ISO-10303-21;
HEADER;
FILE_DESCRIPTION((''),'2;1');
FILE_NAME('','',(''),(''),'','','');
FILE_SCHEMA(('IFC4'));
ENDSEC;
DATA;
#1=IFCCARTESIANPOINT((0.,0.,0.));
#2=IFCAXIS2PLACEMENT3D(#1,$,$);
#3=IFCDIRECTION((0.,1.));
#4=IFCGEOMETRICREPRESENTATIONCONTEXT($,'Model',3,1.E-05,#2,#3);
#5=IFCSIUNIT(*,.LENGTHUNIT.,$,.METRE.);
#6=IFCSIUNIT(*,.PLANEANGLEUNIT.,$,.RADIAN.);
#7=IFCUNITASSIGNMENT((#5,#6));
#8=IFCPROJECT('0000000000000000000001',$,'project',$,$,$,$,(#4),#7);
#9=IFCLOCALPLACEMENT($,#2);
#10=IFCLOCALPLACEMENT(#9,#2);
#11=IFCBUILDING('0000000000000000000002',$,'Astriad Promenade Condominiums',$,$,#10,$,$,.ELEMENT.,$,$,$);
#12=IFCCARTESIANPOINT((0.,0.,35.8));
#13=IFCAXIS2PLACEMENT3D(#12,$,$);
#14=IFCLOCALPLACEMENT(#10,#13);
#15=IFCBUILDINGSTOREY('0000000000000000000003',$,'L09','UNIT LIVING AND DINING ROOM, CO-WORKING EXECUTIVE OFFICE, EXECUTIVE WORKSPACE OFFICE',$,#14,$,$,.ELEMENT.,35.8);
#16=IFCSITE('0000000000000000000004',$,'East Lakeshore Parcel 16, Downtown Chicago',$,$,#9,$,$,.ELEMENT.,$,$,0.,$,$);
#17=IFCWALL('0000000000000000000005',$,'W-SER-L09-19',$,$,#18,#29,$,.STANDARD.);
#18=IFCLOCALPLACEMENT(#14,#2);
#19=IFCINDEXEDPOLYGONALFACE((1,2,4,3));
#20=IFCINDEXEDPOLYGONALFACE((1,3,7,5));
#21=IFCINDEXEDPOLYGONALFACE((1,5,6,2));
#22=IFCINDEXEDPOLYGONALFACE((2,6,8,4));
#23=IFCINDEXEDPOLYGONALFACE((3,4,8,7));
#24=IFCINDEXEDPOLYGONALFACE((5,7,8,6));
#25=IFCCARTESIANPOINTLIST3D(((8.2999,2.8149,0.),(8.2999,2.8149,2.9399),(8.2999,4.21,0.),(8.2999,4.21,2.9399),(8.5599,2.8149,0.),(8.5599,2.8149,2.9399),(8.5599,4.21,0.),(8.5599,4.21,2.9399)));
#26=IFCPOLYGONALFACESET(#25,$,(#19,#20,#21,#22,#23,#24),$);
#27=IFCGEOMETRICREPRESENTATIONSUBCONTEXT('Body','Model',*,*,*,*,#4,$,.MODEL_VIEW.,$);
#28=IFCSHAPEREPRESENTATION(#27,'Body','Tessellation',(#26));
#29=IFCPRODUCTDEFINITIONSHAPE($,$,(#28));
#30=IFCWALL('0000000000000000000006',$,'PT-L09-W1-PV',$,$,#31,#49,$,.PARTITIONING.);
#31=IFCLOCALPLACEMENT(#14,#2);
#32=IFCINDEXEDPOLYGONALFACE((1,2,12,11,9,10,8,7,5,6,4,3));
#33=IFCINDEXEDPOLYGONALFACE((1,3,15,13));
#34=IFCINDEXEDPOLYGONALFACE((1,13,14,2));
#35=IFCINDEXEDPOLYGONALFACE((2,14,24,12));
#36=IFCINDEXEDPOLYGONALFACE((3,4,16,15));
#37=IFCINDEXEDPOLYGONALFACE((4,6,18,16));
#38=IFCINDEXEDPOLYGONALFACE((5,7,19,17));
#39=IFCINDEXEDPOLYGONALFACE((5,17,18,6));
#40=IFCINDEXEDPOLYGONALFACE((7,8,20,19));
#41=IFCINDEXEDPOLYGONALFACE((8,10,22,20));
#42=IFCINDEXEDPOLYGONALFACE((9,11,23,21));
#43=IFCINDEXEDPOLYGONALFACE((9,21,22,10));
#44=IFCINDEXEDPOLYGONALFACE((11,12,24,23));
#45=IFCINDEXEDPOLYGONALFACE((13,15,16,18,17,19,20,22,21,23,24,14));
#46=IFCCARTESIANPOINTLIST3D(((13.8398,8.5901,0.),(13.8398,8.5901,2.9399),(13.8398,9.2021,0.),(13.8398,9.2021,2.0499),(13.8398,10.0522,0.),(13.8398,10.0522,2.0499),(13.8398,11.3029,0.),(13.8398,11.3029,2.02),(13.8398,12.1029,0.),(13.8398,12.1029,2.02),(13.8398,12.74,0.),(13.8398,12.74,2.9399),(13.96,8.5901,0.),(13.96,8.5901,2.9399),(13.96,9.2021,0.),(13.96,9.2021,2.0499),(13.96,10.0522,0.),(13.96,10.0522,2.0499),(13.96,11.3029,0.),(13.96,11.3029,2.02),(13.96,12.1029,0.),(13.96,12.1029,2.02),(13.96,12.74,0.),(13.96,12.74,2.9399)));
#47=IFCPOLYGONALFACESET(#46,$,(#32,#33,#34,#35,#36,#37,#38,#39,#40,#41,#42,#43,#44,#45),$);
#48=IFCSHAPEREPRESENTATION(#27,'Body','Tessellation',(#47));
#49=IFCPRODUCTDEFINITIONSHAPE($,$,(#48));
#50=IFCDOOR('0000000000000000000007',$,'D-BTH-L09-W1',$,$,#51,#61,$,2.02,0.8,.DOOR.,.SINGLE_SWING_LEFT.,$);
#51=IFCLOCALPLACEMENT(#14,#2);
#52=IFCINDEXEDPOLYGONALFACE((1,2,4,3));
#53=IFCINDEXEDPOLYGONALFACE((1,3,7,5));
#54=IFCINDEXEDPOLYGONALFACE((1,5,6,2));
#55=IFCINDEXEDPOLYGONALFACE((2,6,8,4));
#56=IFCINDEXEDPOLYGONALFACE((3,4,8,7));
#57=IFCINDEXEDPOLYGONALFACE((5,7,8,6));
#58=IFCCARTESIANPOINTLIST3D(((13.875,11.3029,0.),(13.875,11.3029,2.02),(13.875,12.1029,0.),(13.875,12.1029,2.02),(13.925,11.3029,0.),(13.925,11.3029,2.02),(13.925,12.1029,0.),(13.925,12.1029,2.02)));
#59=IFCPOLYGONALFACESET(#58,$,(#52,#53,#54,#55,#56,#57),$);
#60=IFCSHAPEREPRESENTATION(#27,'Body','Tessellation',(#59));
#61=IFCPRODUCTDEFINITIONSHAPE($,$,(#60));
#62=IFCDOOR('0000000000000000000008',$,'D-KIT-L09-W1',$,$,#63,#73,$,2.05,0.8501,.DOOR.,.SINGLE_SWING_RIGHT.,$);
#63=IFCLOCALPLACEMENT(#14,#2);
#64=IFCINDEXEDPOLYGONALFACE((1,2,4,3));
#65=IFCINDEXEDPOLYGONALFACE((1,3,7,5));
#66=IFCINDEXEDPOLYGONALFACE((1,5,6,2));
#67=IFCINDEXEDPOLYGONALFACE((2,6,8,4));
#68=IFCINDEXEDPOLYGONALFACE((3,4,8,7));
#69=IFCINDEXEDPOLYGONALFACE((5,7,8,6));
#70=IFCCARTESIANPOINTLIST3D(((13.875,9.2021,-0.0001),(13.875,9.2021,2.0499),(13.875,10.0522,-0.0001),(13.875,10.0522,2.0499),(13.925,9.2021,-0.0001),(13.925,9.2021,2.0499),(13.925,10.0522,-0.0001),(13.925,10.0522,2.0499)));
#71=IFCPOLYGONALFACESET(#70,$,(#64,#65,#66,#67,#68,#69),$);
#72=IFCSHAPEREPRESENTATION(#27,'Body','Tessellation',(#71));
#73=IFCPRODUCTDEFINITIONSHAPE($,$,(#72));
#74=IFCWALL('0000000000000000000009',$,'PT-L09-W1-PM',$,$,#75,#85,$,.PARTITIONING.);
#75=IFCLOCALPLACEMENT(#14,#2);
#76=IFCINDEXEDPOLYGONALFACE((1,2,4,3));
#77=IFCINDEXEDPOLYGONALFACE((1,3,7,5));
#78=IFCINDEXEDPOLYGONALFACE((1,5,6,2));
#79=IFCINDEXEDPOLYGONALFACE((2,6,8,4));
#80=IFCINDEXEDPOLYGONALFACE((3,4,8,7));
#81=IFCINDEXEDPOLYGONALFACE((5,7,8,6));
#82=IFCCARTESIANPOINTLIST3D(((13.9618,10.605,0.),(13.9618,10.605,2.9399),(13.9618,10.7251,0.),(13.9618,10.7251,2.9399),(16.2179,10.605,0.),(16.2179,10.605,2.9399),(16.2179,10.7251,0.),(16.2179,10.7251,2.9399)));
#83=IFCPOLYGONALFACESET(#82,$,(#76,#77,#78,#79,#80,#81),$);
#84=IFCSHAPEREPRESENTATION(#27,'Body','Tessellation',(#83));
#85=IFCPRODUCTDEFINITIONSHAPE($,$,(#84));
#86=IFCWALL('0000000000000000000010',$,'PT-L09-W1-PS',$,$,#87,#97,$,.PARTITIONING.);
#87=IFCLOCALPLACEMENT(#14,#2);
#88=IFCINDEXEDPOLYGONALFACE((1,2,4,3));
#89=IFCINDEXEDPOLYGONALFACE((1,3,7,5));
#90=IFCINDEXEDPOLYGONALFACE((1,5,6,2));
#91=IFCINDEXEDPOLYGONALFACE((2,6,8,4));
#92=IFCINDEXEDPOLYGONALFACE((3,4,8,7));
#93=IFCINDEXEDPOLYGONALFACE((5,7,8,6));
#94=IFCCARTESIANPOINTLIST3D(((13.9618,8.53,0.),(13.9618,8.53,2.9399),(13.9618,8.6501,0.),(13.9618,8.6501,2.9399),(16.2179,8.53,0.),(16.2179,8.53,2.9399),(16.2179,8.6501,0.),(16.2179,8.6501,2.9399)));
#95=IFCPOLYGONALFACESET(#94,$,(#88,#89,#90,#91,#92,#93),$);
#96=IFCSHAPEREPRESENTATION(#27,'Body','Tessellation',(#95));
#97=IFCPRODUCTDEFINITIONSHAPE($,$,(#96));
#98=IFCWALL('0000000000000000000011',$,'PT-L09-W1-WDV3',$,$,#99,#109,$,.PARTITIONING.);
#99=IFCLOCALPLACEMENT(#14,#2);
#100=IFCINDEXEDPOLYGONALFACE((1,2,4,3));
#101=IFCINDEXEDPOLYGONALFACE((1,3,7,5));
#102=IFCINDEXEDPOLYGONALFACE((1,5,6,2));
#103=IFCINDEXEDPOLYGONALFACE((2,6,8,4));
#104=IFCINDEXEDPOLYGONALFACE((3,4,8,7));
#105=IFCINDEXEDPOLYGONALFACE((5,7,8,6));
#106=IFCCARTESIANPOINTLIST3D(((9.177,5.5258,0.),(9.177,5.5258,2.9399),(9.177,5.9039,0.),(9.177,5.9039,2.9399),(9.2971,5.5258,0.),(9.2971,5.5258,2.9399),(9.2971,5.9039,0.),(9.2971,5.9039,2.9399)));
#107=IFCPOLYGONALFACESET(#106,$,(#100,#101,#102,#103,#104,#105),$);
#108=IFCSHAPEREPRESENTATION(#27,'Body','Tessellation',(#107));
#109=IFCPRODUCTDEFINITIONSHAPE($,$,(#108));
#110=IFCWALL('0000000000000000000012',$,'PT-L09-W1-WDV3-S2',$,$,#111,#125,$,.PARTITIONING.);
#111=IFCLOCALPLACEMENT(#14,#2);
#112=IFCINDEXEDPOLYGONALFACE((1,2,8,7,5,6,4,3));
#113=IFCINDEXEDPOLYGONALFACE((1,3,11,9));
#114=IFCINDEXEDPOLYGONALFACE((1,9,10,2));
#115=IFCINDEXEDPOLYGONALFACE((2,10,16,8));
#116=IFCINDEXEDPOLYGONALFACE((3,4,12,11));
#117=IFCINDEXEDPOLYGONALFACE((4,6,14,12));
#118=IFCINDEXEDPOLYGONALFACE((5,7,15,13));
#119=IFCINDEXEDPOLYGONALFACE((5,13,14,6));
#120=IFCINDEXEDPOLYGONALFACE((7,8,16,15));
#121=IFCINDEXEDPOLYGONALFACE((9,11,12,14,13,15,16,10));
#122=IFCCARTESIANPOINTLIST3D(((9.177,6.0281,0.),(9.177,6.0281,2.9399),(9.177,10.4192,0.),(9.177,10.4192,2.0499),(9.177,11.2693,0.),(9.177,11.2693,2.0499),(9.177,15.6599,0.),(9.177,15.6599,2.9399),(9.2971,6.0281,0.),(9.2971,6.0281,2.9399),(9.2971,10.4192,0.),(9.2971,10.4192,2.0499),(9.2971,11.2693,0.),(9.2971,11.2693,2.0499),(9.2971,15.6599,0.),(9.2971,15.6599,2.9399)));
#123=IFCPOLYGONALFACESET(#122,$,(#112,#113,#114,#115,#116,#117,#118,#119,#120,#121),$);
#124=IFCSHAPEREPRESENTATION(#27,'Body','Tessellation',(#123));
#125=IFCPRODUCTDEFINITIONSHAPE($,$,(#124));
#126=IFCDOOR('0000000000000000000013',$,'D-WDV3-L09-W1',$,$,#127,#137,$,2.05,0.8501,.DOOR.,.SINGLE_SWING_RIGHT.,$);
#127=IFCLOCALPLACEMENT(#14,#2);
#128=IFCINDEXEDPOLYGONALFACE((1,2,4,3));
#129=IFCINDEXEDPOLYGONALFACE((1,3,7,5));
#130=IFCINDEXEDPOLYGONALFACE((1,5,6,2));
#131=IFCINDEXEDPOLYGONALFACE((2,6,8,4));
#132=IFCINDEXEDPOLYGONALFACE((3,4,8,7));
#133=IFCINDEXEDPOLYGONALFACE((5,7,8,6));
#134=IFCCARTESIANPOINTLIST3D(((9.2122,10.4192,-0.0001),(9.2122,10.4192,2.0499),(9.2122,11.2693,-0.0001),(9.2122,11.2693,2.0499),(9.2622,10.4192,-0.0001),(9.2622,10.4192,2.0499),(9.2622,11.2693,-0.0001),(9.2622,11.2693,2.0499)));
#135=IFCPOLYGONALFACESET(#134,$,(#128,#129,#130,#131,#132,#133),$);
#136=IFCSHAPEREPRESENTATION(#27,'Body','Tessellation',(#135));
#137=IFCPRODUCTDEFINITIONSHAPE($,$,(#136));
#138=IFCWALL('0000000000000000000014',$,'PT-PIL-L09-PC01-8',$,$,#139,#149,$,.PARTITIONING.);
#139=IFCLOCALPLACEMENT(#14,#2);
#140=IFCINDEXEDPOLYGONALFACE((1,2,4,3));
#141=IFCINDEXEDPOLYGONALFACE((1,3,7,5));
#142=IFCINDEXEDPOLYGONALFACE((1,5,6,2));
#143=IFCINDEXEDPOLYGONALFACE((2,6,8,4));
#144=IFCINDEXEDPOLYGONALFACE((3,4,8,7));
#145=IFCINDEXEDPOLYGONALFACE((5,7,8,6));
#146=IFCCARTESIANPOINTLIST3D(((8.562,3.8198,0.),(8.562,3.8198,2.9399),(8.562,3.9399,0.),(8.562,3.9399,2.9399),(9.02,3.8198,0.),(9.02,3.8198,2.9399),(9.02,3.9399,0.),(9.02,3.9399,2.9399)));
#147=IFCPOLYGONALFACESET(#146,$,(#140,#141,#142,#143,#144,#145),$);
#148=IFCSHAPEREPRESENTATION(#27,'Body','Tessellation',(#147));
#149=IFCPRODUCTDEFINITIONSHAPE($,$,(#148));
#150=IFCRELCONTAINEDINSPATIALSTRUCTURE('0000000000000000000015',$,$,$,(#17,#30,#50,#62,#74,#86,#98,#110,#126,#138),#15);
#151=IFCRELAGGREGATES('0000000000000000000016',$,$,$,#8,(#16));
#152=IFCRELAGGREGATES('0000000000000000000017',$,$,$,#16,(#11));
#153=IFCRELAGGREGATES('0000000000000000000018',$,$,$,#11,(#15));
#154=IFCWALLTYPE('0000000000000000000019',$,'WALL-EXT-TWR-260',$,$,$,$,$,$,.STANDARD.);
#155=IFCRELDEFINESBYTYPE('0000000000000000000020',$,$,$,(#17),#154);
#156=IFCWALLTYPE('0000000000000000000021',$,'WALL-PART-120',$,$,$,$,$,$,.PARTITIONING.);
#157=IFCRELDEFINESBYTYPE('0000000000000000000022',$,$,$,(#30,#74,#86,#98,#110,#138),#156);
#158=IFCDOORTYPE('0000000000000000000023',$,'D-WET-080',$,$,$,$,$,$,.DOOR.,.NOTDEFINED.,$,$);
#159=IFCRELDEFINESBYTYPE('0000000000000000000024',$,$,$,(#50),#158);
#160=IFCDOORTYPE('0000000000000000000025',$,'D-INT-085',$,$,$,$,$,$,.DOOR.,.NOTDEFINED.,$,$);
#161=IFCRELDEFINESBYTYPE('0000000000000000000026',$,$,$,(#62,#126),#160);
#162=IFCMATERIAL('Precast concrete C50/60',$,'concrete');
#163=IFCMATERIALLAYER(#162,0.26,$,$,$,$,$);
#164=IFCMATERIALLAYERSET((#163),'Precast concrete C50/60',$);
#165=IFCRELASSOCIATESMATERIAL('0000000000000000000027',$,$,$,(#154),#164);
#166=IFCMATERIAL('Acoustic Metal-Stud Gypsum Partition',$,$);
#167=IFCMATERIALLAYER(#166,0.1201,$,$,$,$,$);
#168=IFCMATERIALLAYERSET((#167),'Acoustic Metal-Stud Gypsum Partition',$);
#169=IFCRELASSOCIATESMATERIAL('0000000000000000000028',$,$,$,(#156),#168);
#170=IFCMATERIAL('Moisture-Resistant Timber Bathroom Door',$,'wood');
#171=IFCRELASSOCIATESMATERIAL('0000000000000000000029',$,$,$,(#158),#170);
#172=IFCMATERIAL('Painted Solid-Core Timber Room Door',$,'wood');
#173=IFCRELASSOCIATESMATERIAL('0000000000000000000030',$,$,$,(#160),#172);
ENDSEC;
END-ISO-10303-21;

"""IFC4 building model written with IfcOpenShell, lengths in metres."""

from ifc_helpers import new_model, si_unit, direction, frame, frame_2d, origin, place, context, subcontext, project, spatial, rectangle, extrude, source, transform, mapped, material, layer, layer_set, type_object, type_shapes, element, fill, save


model = new_model("IFC4")

# Units and contexts
model_context = context("Model", 3, precision=1e-05, world=origin(), true_north=direction((0.0, 1.0)))
body_context = subcontext(model_context, "Body", "Model", "MODEL_VIEW")
ifc_project = project(units=[si_unit("LENGTHUNIT", "METRE"), si_unit("PLANEANGLEUNIT", "RADIAN")], contexts=[model_context])

# Site, building, storey
site_placement = place(None, origin())
site = spatial("IfcSite", under=ifc_project, at=site_placement, Name="East Lakeshore Parcel 16, Downtown Chicago", CompositionType="ELEMENT", RefElevation=0.0)
building_placement = place(site_placement, origin())
building = spatial("IfcBuilding", under=site, at=building_placement, Name="Astriad Promenade Condominiums", CompositionType="ELEMENT")
storey_placement = place(building_placement, frame((0.0, 0.0, 35.8)))
storey = spatial("IfcBuildingStorey", under=building, at=storey_placement, Name="L09", Description="UNIT LIVING AND DINING ROOM, CO-WORKING EXECUTIVE OFFICE, EXECUTIVE WORKSPACE OFFICE", CompositionType="ELEMENT", Elevation=35.8)

# Wall
ifc_material_1 = material(Name="Precast concrete C50/60", Category="concrete")
ifc_layer_1 = layer(ifc_material_1, 0.26)
ifc_layer_set_1 = layer_set([ifc_layer_1], Name="Precast concrete C50/60")
wall_type_1 = type_object("IfcWallType", Name="WALL-EXT-TWR-260", PredefinedType="STANDARD", material=ifc_layer_set_1)
wall_1_placement = place(storey_placement, frame((8.4299, 2.8149, 0.0), z_axis=(0.0, 0.0, 1.0), x_axis=(0.0, 1.0, 0.0)))
element("IfcWall", 1, at=wall_1_placement, inside=storey, type_object=wall_type_1, Name="W-SER-L09-19", PredefinedType="STANDARD", context=body_context, shape_type="SweptSolid", body=[
    extrude(rectangle(XDim=1.395, YDim=0.26, at=frame_2d((0.6975, 0.0))), origin(), (0.0, 0.0, 1.0), 2.9399),
])

# Wall, openings, doors
ifc_material_2 = material(Name="Acoustic Metal-Stud Gypsum Partition")
ifc_layer_2 = layer(ifc_material_2, 0.1201)
ifc_layer_set_2 = layer_set([ifc_layer_2], Name="Acoustic Metal-Stud Gypsum Partition")
wall_type_2 = type_object("IfcWallType", Name="WALL-PART-120", PredefinedType="PARTITIONING", material=ifc_layer_set_2)
wall_2_placement = place(storey_placement, frame((13.8999, 8.5901, 0.0), z_axis=(0.0, 0.0, 1.0), x_axis=(0.0, 1.0, 0.0)))
wall_2 = element("IfcWall", 2, at=wall_2_placement, inside=storey, type_object=wall_type_2, Name="PT-L09-W1-PV", PredefinedType="PARTITIONING", context=body_context, shape_type="SweptSolid", body=[
    extrude(rectangle(XDim=4.1499, YDim=0.1201, at=frame_2d((2.075, 0.0))), origin(), (0.0, 0.0, 1.0), 2.9399),
])
opening_1_placement = place(wall_2_placement, frame((0.6121, 0.0, 0.0)))
opening_1 = element("IfcOpeningElement", 3, at=opening_1_placement, cuts=wall_2, PredefinedType="OPENING", context=body_context, shape_type="SweptSolid", body=[
    extrude(rectangle(XDim=0.8501, YDim=2.05, at=frame_2d((0.425, 1.0249))), frame((0.0, 0.0701, 0.0), z_axis=(0.0, -1.0, 0.0), x_axis=(1.0, 0.0, 0.0)), (0.0, 0.0, 1.0), 0.1401),
])
opening_2_placement = place(wall_2_placement, frame((2.7129, 0.0, 0.0)))
opening_2 = element("IfcOpeningElement", 4, at=opening_2_placement, cuts=wall_2, PredefinedType="OPENING", context=body_context, shape_type="SweptSolid", body=[
    extrude(rectangle(XDim=0.8, YDim=2.02, at=frame_2d((0.3999, 1.01))), frame((0.0, 0.0701, 0.0), z_axis=(0.0, -1.0, 0.0), x_axis=(1.0, 0.0, 0.0)), (0.0, 0.0, 1.0), 0.1401),
])
ifc_material_3 = material(Name="Moisture-Resistant Timber Bathroom Door", Category="wood")
door_type_1 = type_object("IfcDoorType", Name="D-WET-080", OperationType="NOTDEFINED", PredefinedType="DOOR", material=ifc_material_3)
shared_shape_1 = source(origin(), body_context, "Body", "SweptSolid", [
    extrude(rectangle(XDim=0.8, YDim=2.02, at=frame_2d((0.3999, 1.01))), frame((0.0, 0.0249, 0.0), z_axis=(0.0, -1.0, 0.0), x_axis=(1.0, 0.0, 0.0)), (0.0, 0.0, 1.0), 0.05),
])
type_shapes(door_type_1, [shared_shape_1])
door_1_placement = place(opening_2_placement, origin())
door_1 = element("IfcDoor", 5, at=door_1_placement, inside=storey, type_object=door_type_1, Name="D-BTH-L09-W1", OperationType="SINGLE_SWING_LEFT", OverallHeight=2.02, OverallWidth=0.8, PredefinedType="DOOR", context=body_context, shape_type="MappedRepresentation", body=[
    mapped(shared_shape_1, transform((0.0, 0.0, 0.0), scale=1.0)),
])
fill(opening_2, door_1)
ifc_material_4 = material(Name="Painted Solid-Core Timber Room Door", Category="wood")
door_type_2 = type_object("IfcDoorType", Name="D-INT-085", OperationType="NOTDEFINED", PredefinedType="DOOR", material=ifc_material_4)
shared_shape_2 = source(origin(), body_context, "Body", "SweptSolid", [
    extrude(rectangle(XDim=0.8501, YDim=2.05, at=frame_2d((0.425, 1.0249))), frame((0.0, 0.0249, 0.0), z_axis=(0.0, -1.0, 0.0), x_axis=(1.0, 0.0, 0.0)), (0.0, 0.0, 1.0), 0.05),
])
type_shapes(door_type_2, [shared_shape_2])
door_2_placement = place(opening_1_placement, origin())
door_2 = element("IfcDoor", 6, at=door_2_placement, inside=storey, type_object=door_type_2, Name="D-KIT-L09-W1", OperationType="SINGLE_SWING_RIGHT", OverallHeight=2.05, OverallWidth=0.8501, PredefinedType="DOOR", context=body_context, shape_type="MappedRepresentation", body=[
    mapped(shared_shape_2, transform((0.0, 0.0, 0.0), scale=1.0)),
])
fill(opening_1, door_2)

# Walls
for number, where, z_axis, x_axis, name in (
    (7, (13.9619, 10.665, 0.0), (0.0, 0.0, 1.0), (1.0, 0.0, 0.0), "PT-L09-W1-PM"),
    (8, (13.9619, 8.5901, 0.0), (0.0, 0.0, 1.0), (1.0, 0.0, 0.0), "PT-L09-W1-PS"),
):
    element("IfcWall", number, at=place(storey_placement, frame(where, z_axis=z_axis, x_axis=x_axis)), inside=storey, type_object=wall_type_2, Name=name, PredefinedType="PARTITIONING", context=body_context, shape_type="SweptSolid", body=[
        extrude(rectangle(XDim=2.2561, YDim=0.1201, at=frame_2d((1.1279, 0.0))), origin(), (0.0, 0.0, 1.0), 2.9399),
    ])
wall_3_placement = place(storey_placement, frame((9.2371, 5.5259, 0.0), z_axis=(0.0, 0.0, 1.0), x_axis=(0.0, 1.0, 0.0)))
element("IfcWall", 9, at=wall_3_placement, inside=storey, type_object=wall_type_2, Name="PT-L09-W1-WDV3", PredefinedType="PARTITIONING", context=body_context, shape_type="SweptSolid", body=[
    extrude(rectangle(XDim=0.3782, YDim=0.1201, at=frame_2d((0.189, 0.0))), origin(), (0.0, 0.0, 1.0), 2.9399),
])

# Wall, opening, door
wall_4_placement = place(storey_placement, frame((9.2371, 6.0281, 0.0), z_axis=(0.0, 0.0, 1.0), x_axis=(0.0, 1.0, 0.0)))
wall_4 = element("IfcWall", 10, at=wall_4_placement, inside=storey, type_object=wall_type_2, Name="PT-L09-W1-WDV3-S2", PredefinedType="PARTITIONING", context=body_context, shape_type="SweptSolid", body=[
    extrude(rectangle(XDim=9.6318, YDim=0.1201, at=frame_2d((4.8159, 0.0))), origin(), (0.0, 0.0, 1.0), 2.9399),
])
opening_3_placement = place(wall_4_placement, frame((4.3911, 0.0, 0.0)))
opening_3 = element("IfcOpeningElement", 11, at=opening_3_placement, cuts=wall_4, PredefinedType="OPENING", context=body_context, shape_type="SweptSolid", body=[
    extrude(rectangle(XDim=0.8501, YDim=2.05, at=frame_2d((0.425, 1.0249))), frame((0.0, 0.0701, 0.0), z_axis=(0.0, -1.0, 0.0), x_axis=(1.0, 0.0, 0.0)), (0.0, 0.0, 1.0), 0.1401),
])
door_3_placement = place(opening_3_placement, origin())
door_3 = element("IfcDoor", 12, at=door_3_placement, inside=storey, type_object=door_type_2, Name="D-WDV3-L09-W1", OperationType="SINGLE_SWING_RIGHT", OverallHeight=2.05, OverallWidth=0.8501, PredefinedType="DOOR", context=body_context, shape_type="MappedRepresentation", body=[
    mapped(shared_shape_2, transform((0.0, 0.0, 0.0), scale=1.0)),
])
fill(opening_3, door_3)

# Wall
wall_5_placement = place(storey_placement, frame((9.02, 3.8799, 0.0), z_axis=(0.0, 0.0, 1.0), x_axis=(-1.0, 0.0, 0.0)))
element("IfcWall", 13, at=wall_5_placement, inside=storey, type_object=wall_type_2, Name="PT-PIL-L09-PC01-8", PredefinedType="PARTITIONING", context=body_context, shape_type="SweptSolid", body=[
    extrude(rectangle(XDim=0.458, YDim=0.1201, at=frame_2d((0.229, 0.0))), origin(), (0.0, 0.0, 1.0), 2.9399),
])

save(model, "model.ifc")
